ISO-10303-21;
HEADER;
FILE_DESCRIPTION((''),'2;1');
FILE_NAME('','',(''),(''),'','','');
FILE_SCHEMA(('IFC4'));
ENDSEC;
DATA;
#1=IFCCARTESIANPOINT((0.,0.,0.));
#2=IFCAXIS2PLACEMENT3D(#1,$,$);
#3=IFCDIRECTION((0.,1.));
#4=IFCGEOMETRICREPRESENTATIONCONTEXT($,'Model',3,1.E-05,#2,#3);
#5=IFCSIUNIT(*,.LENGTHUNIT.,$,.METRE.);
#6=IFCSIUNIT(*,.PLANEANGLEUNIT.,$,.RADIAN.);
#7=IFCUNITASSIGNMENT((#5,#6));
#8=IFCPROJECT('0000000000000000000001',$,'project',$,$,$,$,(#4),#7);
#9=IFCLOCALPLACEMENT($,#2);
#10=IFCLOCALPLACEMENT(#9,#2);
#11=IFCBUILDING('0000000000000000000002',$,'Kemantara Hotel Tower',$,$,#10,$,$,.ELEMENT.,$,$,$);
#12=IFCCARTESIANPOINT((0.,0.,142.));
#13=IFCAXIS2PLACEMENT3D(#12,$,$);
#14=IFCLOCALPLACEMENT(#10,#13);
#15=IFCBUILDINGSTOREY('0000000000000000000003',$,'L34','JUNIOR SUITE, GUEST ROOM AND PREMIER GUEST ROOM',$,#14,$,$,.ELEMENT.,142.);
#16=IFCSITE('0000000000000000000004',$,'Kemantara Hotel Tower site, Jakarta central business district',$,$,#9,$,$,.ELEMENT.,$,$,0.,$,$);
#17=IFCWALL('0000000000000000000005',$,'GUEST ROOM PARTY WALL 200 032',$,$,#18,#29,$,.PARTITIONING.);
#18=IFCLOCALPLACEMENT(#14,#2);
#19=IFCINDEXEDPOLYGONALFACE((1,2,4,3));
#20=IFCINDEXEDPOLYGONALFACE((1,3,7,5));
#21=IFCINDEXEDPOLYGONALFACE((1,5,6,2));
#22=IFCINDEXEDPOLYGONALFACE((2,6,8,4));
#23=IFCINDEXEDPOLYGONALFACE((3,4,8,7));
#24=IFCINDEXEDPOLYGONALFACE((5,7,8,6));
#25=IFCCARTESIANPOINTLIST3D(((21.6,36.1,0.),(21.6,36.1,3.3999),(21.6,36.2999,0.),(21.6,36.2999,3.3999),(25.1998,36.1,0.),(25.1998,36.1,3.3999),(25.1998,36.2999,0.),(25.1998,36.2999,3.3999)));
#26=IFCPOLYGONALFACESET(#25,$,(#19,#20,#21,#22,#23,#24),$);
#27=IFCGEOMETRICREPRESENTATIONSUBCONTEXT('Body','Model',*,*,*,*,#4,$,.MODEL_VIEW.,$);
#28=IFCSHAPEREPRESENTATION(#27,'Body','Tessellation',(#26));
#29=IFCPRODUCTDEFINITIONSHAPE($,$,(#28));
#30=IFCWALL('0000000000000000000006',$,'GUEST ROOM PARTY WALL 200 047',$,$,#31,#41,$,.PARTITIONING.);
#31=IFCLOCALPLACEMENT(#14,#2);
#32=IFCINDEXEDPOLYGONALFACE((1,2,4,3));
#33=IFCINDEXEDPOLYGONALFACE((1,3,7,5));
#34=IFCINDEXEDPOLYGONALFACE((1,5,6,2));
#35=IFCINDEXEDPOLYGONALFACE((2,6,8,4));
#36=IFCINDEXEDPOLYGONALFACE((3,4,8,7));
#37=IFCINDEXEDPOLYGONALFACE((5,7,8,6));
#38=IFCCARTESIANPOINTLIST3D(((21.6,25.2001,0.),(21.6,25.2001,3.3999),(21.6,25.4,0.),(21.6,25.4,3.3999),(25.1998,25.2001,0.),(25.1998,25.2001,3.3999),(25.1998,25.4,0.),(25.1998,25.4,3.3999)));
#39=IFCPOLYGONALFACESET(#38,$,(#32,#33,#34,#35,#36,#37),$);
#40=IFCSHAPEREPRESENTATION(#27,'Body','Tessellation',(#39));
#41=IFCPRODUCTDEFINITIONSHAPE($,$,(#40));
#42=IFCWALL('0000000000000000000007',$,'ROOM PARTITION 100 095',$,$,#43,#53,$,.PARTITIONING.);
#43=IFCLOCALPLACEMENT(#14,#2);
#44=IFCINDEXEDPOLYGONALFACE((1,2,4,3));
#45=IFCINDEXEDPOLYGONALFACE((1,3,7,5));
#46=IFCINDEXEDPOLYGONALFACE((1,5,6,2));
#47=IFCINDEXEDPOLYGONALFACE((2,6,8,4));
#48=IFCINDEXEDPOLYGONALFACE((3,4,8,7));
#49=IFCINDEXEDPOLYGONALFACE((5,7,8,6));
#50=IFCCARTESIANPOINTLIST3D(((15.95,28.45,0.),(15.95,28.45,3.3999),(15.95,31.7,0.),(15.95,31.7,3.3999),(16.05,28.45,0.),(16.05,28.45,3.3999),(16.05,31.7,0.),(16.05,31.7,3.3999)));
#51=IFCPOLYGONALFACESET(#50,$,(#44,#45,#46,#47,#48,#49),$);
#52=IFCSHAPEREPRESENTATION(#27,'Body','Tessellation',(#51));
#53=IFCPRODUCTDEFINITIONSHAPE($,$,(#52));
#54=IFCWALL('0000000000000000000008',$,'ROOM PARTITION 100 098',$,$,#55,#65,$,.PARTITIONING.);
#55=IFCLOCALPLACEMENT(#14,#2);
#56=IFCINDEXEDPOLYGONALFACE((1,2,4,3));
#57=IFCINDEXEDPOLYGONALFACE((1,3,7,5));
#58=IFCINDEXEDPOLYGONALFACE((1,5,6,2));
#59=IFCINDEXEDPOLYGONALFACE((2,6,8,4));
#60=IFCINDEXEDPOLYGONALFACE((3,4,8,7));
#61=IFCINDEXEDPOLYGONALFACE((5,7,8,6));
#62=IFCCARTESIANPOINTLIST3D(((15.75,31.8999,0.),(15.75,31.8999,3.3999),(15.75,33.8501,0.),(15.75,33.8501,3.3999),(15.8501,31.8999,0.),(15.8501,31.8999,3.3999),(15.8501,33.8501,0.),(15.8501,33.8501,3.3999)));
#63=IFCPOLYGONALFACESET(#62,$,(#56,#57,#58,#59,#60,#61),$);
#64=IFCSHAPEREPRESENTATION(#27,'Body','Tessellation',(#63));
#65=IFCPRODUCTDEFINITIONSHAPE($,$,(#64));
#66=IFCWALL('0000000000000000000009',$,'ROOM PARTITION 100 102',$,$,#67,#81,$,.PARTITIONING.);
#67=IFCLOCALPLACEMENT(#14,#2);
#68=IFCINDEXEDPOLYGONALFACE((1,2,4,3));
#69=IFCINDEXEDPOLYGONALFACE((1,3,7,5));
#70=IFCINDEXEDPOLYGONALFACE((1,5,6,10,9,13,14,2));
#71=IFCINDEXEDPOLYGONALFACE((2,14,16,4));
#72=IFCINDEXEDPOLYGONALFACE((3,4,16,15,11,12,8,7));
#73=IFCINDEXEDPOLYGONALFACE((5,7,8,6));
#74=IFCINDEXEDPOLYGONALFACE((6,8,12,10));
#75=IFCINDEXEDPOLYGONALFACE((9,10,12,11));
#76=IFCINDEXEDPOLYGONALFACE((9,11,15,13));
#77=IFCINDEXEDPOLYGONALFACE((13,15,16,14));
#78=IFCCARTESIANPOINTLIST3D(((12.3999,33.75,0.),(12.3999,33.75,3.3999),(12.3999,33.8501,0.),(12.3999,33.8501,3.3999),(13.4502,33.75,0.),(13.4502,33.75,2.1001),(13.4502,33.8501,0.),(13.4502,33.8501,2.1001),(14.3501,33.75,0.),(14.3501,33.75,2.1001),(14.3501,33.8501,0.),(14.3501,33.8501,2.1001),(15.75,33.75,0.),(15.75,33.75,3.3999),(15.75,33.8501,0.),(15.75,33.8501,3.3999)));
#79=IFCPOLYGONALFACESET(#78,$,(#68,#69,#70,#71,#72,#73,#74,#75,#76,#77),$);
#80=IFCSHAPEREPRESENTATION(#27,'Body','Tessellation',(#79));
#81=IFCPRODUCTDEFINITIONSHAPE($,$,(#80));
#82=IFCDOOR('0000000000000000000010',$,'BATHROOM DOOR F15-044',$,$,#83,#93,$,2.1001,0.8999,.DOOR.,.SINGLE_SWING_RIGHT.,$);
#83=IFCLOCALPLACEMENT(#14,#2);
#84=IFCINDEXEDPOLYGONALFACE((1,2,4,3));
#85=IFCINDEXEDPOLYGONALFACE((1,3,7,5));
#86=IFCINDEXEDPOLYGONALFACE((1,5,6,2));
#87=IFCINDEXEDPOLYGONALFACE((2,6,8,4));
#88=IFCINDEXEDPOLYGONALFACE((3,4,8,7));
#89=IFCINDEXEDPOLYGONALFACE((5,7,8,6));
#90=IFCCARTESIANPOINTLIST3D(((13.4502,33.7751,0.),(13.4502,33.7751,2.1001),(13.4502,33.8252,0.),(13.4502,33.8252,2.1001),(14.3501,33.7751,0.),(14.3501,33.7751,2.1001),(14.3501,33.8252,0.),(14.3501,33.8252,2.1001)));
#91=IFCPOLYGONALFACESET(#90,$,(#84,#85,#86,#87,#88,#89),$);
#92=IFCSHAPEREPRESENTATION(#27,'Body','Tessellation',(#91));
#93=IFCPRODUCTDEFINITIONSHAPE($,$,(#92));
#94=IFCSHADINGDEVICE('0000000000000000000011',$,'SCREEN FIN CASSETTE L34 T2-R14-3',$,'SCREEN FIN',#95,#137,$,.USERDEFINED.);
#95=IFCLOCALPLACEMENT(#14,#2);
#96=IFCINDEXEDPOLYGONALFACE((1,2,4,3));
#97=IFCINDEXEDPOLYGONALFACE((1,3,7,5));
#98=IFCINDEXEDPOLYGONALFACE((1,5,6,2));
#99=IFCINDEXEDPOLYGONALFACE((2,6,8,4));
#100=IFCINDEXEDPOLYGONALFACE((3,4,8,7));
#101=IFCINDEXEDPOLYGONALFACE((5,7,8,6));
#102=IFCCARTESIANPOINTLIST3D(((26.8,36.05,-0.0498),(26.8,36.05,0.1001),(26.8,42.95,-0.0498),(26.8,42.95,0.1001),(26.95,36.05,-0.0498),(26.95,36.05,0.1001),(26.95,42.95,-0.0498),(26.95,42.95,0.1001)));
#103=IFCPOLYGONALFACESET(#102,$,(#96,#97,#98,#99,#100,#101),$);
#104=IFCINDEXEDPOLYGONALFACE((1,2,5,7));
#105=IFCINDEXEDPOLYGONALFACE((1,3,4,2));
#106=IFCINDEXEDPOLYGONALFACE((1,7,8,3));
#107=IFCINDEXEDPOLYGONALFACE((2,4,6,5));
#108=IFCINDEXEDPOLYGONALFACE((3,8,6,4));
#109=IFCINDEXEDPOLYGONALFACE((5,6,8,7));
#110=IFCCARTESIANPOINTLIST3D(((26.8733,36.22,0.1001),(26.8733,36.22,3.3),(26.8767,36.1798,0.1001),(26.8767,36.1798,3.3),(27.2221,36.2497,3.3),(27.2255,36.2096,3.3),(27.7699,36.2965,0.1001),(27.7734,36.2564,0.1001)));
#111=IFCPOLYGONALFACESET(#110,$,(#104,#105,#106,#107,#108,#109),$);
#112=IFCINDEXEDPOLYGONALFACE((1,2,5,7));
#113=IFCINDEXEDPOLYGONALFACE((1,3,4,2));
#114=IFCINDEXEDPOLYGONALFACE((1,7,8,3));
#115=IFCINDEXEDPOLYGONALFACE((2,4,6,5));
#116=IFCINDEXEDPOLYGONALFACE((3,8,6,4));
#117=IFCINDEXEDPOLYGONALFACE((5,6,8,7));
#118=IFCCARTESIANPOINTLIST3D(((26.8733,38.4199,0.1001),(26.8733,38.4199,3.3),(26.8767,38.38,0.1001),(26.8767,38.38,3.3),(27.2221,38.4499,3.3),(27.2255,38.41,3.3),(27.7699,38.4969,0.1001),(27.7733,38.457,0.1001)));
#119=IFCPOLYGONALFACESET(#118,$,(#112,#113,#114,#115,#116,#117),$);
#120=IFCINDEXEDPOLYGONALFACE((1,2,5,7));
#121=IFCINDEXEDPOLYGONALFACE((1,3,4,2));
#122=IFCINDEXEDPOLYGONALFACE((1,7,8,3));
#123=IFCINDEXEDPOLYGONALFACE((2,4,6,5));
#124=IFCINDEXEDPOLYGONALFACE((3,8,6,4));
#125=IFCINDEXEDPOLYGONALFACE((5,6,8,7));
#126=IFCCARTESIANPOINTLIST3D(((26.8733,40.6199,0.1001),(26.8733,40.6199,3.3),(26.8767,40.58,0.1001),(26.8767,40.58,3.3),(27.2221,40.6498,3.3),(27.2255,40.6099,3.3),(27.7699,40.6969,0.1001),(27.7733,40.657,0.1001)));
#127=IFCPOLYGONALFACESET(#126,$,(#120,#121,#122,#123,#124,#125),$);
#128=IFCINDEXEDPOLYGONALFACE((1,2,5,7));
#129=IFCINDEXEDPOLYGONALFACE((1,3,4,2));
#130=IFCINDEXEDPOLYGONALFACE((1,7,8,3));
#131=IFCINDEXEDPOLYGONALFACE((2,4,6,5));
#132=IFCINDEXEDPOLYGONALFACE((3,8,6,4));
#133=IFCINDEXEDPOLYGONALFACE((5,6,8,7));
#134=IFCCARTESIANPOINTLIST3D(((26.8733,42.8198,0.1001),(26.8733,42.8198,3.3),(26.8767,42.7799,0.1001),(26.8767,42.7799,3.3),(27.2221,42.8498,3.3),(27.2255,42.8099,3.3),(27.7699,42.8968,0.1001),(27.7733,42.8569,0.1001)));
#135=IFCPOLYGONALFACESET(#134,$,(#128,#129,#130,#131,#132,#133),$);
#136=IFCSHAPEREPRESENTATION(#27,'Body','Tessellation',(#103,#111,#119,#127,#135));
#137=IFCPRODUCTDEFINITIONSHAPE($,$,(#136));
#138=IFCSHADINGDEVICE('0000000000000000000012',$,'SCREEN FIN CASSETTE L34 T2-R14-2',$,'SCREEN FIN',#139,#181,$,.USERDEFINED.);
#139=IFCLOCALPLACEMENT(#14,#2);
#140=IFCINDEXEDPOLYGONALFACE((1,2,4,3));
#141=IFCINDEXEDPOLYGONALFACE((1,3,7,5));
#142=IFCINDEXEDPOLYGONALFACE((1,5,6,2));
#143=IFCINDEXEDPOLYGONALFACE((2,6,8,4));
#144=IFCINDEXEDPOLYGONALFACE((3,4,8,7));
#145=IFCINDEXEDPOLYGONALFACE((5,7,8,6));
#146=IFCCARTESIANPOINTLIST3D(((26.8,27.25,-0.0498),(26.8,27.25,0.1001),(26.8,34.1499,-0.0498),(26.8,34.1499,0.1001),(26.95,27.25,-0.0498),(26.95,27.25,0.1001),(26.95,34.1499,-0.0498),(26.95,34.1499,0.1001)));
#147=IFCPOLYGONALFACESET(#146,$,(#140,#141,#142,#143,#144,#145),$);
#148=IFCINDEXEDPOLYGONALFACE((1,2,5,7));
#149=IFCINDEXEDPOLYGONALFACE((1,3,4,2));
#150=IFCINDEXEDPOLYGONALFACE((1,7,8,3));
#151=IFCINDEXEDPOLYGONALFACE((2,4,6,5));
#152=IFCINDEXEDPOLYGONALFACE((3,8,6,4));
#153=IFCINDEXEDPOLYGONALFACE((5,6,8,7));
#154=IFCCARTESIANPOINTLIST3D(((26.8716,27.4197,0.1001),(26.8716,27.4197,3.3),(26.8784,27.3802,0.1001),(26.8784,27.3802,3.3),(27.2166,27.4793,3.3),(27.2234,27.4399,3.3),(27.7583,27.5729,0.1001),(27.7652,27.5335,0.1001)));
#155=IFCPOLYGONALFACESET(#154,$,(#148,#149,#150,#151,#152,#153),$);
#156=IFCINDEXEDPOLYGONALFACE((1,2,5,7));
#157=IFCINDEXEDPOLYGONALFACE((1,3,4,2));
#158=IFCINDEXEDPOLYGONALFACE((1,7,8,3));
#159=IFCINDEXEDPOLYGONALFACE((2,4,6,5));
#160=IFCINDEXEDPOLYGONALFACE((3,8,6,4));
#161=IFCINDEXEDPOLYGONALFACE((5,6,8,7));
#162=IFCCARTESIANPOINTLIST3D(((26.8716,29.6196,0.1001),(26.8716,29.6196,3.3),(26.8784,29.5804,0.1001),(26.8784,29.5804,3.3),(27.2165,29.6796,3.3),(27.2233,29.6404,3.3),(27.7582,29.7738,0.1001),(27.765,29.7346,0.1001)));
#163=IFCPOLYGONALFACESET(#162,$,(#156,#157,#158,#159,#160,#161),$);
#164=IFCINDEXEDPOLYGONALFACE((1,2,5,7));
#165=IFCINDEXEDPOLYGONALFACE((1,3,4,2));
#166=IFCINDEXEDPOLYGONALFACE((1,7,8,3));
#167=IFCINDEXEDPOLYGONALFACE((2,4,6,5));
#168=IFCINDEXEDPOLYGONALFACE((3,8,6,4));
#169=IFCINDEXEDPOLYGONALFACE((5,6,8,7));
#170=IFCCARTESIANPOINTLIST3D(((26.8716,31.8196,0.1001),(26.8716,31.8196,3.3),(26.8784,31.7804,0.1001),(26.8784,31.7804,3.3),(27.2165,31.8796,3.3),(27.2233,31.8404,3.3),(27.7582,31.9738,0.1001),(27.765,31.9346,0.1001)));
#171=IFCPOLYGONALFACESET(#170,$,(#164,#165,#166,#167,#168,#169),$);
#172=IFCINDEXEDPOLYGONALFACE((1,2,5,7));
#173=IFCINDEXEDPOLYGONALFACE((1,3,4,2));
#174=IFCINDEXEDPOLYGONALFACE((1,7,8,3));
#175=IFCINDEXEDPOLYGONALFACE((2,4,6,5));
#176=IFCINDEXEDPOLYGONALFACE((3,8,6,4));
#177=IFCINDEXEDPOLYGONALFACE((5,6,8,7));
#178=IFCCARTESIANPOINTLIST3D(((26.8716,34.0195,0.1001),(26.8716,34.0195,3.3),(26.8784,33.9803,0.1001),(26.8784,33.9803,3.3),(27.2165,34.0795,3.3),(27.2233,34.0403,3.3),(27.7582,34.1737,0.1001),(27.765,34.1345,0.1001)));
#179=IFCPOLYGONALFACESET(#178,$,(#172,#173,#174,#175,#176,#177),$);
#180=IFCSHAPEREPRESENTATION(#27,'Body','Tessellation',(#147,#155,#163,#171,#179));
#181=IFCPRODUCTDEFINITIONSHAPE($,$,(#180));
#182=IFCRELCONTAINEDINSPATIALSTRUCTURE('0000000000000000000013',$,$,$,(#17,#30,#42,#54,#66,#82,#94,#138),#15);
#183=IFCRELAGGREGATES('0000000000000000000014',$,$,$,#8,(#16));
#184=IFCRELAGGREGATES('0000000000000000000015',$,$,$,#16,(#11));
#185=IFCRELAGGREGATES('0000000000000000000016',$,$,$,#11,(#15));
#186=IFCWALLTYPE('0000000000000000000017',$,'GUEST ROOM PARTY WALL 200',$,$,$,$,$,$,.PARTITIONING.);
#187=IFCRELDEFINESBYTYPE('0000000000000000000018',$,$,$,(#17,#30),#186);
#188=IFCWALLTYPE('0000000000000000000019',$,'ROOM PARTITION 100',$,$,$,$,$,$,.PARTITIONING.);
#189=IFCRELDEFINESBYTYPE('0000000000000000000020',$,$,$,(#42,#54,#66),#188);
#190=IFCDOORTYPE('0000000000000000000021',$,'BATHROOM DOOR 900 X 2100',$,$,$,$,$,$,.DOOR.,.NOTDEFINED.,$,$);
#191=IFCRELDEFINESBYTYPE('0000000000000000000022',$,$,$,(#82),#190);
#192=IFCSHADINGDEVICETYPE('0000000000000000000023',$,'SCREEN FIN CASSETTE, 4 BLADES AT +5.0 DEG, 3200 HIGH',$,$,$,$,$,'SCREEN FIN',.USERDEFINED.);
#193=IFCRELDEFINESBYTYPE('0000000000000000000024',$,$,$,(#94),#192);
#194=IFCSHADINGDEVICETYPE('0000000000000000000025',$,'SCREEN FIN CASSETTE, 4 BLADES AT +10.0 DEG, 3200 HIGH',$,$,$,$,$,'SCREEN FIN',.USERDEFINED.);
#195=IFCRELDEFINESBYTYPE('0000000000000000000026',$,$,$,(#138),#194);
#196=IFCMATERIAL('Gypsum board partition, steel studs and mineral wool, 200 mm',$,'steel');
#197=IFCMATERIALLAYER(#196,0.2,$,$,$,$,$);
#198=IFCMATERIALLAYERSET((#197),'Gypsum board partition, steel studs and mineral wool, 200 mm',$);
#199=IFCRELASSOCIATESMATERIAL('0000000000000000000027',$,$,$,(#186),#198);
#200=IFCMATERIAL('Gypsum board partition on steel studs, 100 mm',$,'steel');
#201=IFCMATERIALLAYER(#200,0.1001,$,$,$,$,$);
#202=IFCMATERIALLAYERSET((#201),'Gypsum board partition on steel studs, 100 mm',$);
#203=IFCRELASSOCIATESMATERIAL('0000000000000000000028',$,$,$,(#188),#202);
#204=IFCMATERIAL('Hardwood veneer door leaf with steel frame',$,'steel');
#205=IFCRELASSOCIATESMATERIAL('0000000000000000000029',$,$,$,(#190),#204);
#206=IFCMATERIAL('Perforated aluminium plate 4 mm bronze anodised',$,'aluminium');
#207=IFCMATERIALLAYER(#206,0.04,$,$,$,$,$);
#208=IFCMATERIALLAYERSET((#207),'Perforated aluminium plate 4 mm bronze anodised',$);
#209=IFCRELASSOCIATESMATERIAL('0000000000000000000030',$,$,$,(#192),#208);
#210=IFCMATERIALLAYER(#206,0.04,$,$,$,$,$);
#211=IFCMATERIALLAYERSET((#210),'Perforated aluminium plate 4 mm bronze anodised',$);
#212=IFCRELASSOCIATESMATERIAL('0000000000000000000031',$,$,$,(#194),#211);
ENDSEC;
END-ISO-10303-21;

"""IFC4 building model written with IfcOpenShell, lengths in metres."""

from ifc_helpers import new_model, si_unit, direction, frame, frame_2d, origin, origin_2d, place, context, subcontext, project, spatial, polyline, rectangle, outline, extrude, source, transform, mapped, material, layer, layer_set, type_object, element, fill, save


model = new_model("IFC4")

# Units and contexts
model_context = context("Model", 3, precision=1e-05, world=origin(), true_north=direction((0.0, 1.0)))
body_context = subcontext(model_context, "Body", "Model", "MODEL_VIEW")
ifc_project = project(units=[si_unit("LENGTHUNIT", "METRE"), si_unit("PLANEANGLEUNIT", "RADIAN")], contexts=[model_context])

# Site, building, storey
site_placement = place(None, origin())
site = spatial("IfcSite", under=ifc_project, at=site_placement, Name="Kemantara Hotel Tower site, Jakarta central business district", CompositionType="ELEMENT", RefElevation=0.0)
building_placement = place(site_placement, origin())
building = spatial("IfcBuilding", under=site, at=building_placement, Name="Kemantara Hotel Tower", CompositionType="ELEMENT")
storey_placement = place(building_placement, frame((0.0, 0.0, 142.0)))
storey = spatial("IfcBuildingStorey", under=building, at=storey_placement, Name="L34", Description="JUNIOR SUITE, GUEST ROOM AND PREMIER GUEST ROOM", CompositionType="ELEMENT", Elevation=142.0)

# Walls
ifc_material_1 = material(Name="Gypsum board partition, steel studs and mineral wool, 200 mm", Category="steel")
ifc_layer_1 = layer(ifc_material_1, 0.2)
ifc_layer_set_1 = layer_set([ifc_layer_1], Name="Gypsum board partition, steel studs and mineral wool, 200 mm")
wall_type_1 = type_object("IfcWallType", Name="GUEST ROOM PARTY WALL 200", PredefinedType="PARTITIONING", material=ifc_layer_set_1)
for number, where, z_axis, x_axis, name in (
    (1, (21.6001, 36.2, 0.0), (0.0, 0.0, 1.0), (1.0, 0.0, 0.0), "GUEST ROOM PARTY WALL 200 032"),
    (2, (21.6001, 25.3, 0.0), (0.0, 0.0, 1.0), (1.0, 0.0, 0.0), "GUEST ROOM PARTY WALL 200 047"),
):
    element("IfcWall", number, at=place(storey_placement, frame(where, z_axis=z_axis, x_axis=x_axis)), inside=storey, type_object=wall_type_1, Name=name, PredefinedType="PARTITIONING", context=body_context, shape_type="SweptSolid", body=[
        extrude(rectangle(XDim=3.5999, YDim=0.2, at=frame_2d((1.7998, 0.0))), origin(), (0.0, 0.0, 1.0), 3.3999),
    ])
ifc_material_2 = material(Name="Gypsum board partition on steel studs, 100 mm", Category="steel")
ifc_layer_2 = layer(ifc_material_2, 0.1001)
ifc_layer_set_2 = layer_set([ifc_layer_2], Name="Gypsum board partition on steel studs, 100 mm")
wall_type_2 = type_object("IfcWallType", Name="ROOM PARTITION 100", PredefinedType="PARTITIONING", material=ifc_layer_set_2)
wall_1_placement = place(storey_placement, frame((16.0, 28.45, 0.0), z_axis=(0.0, 0.0, 1.0), x_axis=(0.0, 1.0, 0.0)))
element("IfcWall", 3, at=wall_1_placement, inside=storey, type_object=wall_type_2, Name="ROOM PARTITION 100 095", PredefinedType="PARTITIONING", context=body_context, shape_type="SweptSolid", body=[
    extrude(rectangle(XDim=3.25, YDim=0.1001, at=frame_2d((1.625, 0.0))), origin(), (0.0, 0.0, 1.0), 3.3999),
])
wall_2_placement = place(storey_placement, frame((15.8, 31.8999, 0.0), z_axis=(0.0, 0.0, 1.0), x_axis=(0.0, 1.0, 0.0)))
element("IfcWall", 4, at=wall_2_placement, inside=storey, type_object=wall_type_2, Name="ROOM PARTITION 100 098", PredefinedType="PARTITIONING", context=body_context, shape_type="SweptSolid", body=[
    extrude(rectangle(XDim=1.9502, YDim=0.1001, at=frame_2d((0.9751, 0.0))), origin(), (0.0, 0.0, 1.0), 3.3999),
])

# Wall, opening, door
wall_3_placement = place(storey_placement, frame((15.75, 33.8, 0.0), z_axis=(0.0, 0.0, 1.0), x_axis=(-1.0, 0.0, 0.0)))
wall_3 = element("IfcWall", 5, at=wall_3_placement, inside=storey, type_object=wall_type_2, Name="ROOM PARTITION 100 102", PredefinedType="PARTITIONING", context=body_context, shape_type="SweptSolid", body=[
    extrude(rectangle(XDim=3.3501, YDim=0.1001, at=frame_2d((1.675, 0.0))), origin(), (0.0, 0.0, 1.0), 3.3999),
])
opening_placement = place(wall_3_placement, frame((1.3999, 0.0, 0.0)))
opening = element("IfcOpeningElement", 6, at=opening_placement, cuts=wall_3, PredefinedType="OPENING", context=body_context, shape_type="SweptSolid", body=[
    extrude(rectangle(XDim=0.8999, YDim=2.1001, at=frame_2d((0.45, 1.05))), frame((0.0, 0.0601, 0.0), z_axis=(0.0, -1.0, 0.0), x_axis=(1.0, 0.0, 0.0)), (0.0, 0.0, 1.0), 0.1201),
])
ifc_material_3 = material(Name="Hardwood veneer door leaf with steel frame", Category="steel")
door_type = type_object("IfcDoorType", Name="BATHROOM DOOR 900 X 2100", OperationType="NOTDEFINED", PredefinedType="DOOR", material=ifc_material_3)
door_placement = place(opening_placement, origin())
door = element("IfcDoor", 7, at=door_placement, inside=storey, type_object=door_type, Name="BATHROOM DOOR F15-044", OperationType="SINGLE_SWING_RIGHT", OverallHeight=2.1001, OverallWidth=0.8999, PredefinedType="DOOR", context=body_context, shape_type="SweptSolid", body=[
    extrude(rectangle(XDim=0.8999, YDim=2.1001, at=frame_2d((0.45, 1.05))), frame((0.0, 0.0249, 0.0), z_axis=(0.0, -1.0, 0.0), x_axis=(1.0, 0.0, 0.0)), (0.0, 0.0, 1.0), 0.05),
])
fill(opening, door)

# Shading devices
ifc_material_4 = material(Name="Perforated aluminium plate 4 mm bronze anodised", Category="aluminium")
ifc_layer_3 = layer(ifc_material_4, 0.04)
ifc_layer_set_3 = layer_set([ifc_layer_3], Name="Perforated aluminium plate 4 mm bronze anodised")
shading_device_type_1 = type_object("IfcShadingDeviceType", Name="SCREEN FIN CASSETTE, 4 BLADES AT +5.0 DEG, 3200 HIGH", ElementType="SCREEN FIN", PredefinedType="USERDEFINED", material=ifc_layer_set_3)
shared_shape_1 = source(origin(), body_context, "Body", "SweptSolid", [
    extrude(rectangle(XDim=6.8999, YDim=0.1499, at=origin_2d()), frame((3.3, -0.075, -0.1499), z_axis=(0.0, 0.0, 1.0), x_axis=(1.0, 0.0, 0.0)), (0.0, 0.0, 1.0), 0.1499),
    extrude(outline(polyline([(0.0, 0.0), (0.8999, 0.0), (0.3501, 3.2), (0.0, 3.2), (0.0, 0.0)])), frame((0.02, -0.0732, 0.0), z_axis=(-0.996376, -0.085056, 0.0), x_axis=(0.085056, -0.996376, 0.0)), (0.0, 0.0, 1.0), 0.0403),
    extrude(outline(polyline([(0.0, 0.0), (0.8999, 0.0), (0.3501, 3.2), (0.0, 3.2), (0.0, 0.0)])), frame((2.22, -0.0732, 0.0), z_axis=(-0.996332, -0.085575, 0.0), x_axis=(0.085575, -0.996332, 0.0)), (0.0, 0.0, 1.0), 0.04),
    extrude(outline(polyline([(0.0, 0.0), (0.8999, 0.0), (0.3501, 3.2), (0.0, 3.2), (0.0, 0.0)])), frame((4.4199, -0.0732, 0.0), z_axis=(-0.996332, -0.085575, 0.0), x_axis=(0.085575, -0.996332, 0.0)), (0.0, 0.0, 1.0), 0.04),
    extrude(outline(polyline([(0.0, 0.0), (0.8999, 0.0), (0.3501, 3.2), (0.0, 3.2), (0.0, 0.0)])), frame((6.6199, -0.0732, 0.0), z_axis=(-0.996332, -0.085575, 0.0), x_axis=(0.085575, -0.996332, 0.0)), (0.0, 0.0, 1.0), 0.04),
])
shading_device_1_placement = place(storey_placement, frame((26.8, 36.2, 0.1001), z_axis=(0.0, 0.0, 1.0), x_axis=(0.0, 1.0, 0.0)))
element("IfcShadingDevice", 8, at=shading_device_1_placement, inside=storey, type_object=shading_device_type_1, Name="SCREEN FIN CASSETTE L34 T2-R14-3", ObjectType="SCREEN FIN", PredefinedType="USERDEFINED", context=body_context, shape_type="MappedRepresentation", body=[
    mapped(shared_shape_1, transform((0.0, 0.0, 0.0))),
])
ifc_layer_4 = layer(ifc_material_4, 0.04)
ifc_layer_set_4 = layer_set([ifc_layer_4], Name="Perforated aluminium plate 4 mm bronze anodised")
shading_device_type_2 = type_object("IfcShadingDeviceType", Name="SCREEN FIN CASSETTE, 4 BLADES AT +10.0 DEG, 3200 HIGH", ElementType="SCREEN FIN", PredefinedType="USERDEFINED", material=ifc_layer_set_4)
shared_shape_2 = source(origin(), body_context, "Body", "SweptSolid", [
    extrude(rectangle(XDim=6.8999, YDim=0.1499, at=origin_2d()), frame((3.3, -0.075, -0.1499), z_axis=(0.0, 0.0, 1.0), x_axis=(1.0, 0.0, 0.0)), (0.0, 0.0, 1.0), 0.1499),
    extrude(outline(polyline([(0.0, 0.0), (0.8999, 0.0), (0.3501, 3.2), (0.0, 3.2), (0.0, 0.0)])), frame((0.0198, -0.0715, 0.0), z_axis=(-0.98539, -0.170314, 0.0), x_axis=(0.170314, -0.98539, 0.0)), (0.0, 0.0, 1.0), 0.04),
    extrude(outline(polyline([(0.0, 0.0), (0.8999, 0.0), (0.3501, 3.2), (0.0, 3.2), (0.0, 0.0)])), frame((2.2197, -0.0715, 0.0), z_axis=(-0.985212, -0.171341, 0.0), x_axis=(0.171341, -0.985212, 0.0)), (0.0, 0.0, 1.0), 0.0398),
    extrude(outline(polyline([(0.0, 0.0), (0.8999, 0.0), (0.3501, 3.2), (0.0, 3.2), (0.0, 0.0)])), frame((4.4197, -0.0715, 0.0), z_axis=(-0.985212, -0.171341, 0.0), x_axis=(0.171341, -0.985212, 0.0)), (0.0, 0.0, 1.0), 0.0398),
    extrude(outline(polyline([(0.0, 0.0), (0.8999, 0.0), (0.3501, 3.2), (0.0, 3.2), (0.0, 0.0)])), frame((6.6196, -0.0715, 0.0), z_axis=(-0.985212, -0.171341, 0.0), x_axis=(0.171341, -0.985212, 0.0)), (0.0, 0.0, 1.0), 0.0398),
])
shading_device_2_placement = place(storey_placement, frame((26.8, 27.3999, 0.1001), z_axis=(0.0, 0.0, 1.0), x_axis=(0.0, 1.0, 0.0)))
element("IfcShadingDevice", 9, at=shading_device_2_placement, inside=storey, type_object=shading_device_type_2, Name="SCREEN FIN CASSETTE L34 T2-R14-2", ObjectType="SCREEN FIN", PredefinedType="USERDEFINED", context=body_context, shape_type="MappedRepresentation", body=[
    mapped(shared_shape_2, transform((0.0, 0.0, 0.0))),
])

save(model, "model.ifc")
